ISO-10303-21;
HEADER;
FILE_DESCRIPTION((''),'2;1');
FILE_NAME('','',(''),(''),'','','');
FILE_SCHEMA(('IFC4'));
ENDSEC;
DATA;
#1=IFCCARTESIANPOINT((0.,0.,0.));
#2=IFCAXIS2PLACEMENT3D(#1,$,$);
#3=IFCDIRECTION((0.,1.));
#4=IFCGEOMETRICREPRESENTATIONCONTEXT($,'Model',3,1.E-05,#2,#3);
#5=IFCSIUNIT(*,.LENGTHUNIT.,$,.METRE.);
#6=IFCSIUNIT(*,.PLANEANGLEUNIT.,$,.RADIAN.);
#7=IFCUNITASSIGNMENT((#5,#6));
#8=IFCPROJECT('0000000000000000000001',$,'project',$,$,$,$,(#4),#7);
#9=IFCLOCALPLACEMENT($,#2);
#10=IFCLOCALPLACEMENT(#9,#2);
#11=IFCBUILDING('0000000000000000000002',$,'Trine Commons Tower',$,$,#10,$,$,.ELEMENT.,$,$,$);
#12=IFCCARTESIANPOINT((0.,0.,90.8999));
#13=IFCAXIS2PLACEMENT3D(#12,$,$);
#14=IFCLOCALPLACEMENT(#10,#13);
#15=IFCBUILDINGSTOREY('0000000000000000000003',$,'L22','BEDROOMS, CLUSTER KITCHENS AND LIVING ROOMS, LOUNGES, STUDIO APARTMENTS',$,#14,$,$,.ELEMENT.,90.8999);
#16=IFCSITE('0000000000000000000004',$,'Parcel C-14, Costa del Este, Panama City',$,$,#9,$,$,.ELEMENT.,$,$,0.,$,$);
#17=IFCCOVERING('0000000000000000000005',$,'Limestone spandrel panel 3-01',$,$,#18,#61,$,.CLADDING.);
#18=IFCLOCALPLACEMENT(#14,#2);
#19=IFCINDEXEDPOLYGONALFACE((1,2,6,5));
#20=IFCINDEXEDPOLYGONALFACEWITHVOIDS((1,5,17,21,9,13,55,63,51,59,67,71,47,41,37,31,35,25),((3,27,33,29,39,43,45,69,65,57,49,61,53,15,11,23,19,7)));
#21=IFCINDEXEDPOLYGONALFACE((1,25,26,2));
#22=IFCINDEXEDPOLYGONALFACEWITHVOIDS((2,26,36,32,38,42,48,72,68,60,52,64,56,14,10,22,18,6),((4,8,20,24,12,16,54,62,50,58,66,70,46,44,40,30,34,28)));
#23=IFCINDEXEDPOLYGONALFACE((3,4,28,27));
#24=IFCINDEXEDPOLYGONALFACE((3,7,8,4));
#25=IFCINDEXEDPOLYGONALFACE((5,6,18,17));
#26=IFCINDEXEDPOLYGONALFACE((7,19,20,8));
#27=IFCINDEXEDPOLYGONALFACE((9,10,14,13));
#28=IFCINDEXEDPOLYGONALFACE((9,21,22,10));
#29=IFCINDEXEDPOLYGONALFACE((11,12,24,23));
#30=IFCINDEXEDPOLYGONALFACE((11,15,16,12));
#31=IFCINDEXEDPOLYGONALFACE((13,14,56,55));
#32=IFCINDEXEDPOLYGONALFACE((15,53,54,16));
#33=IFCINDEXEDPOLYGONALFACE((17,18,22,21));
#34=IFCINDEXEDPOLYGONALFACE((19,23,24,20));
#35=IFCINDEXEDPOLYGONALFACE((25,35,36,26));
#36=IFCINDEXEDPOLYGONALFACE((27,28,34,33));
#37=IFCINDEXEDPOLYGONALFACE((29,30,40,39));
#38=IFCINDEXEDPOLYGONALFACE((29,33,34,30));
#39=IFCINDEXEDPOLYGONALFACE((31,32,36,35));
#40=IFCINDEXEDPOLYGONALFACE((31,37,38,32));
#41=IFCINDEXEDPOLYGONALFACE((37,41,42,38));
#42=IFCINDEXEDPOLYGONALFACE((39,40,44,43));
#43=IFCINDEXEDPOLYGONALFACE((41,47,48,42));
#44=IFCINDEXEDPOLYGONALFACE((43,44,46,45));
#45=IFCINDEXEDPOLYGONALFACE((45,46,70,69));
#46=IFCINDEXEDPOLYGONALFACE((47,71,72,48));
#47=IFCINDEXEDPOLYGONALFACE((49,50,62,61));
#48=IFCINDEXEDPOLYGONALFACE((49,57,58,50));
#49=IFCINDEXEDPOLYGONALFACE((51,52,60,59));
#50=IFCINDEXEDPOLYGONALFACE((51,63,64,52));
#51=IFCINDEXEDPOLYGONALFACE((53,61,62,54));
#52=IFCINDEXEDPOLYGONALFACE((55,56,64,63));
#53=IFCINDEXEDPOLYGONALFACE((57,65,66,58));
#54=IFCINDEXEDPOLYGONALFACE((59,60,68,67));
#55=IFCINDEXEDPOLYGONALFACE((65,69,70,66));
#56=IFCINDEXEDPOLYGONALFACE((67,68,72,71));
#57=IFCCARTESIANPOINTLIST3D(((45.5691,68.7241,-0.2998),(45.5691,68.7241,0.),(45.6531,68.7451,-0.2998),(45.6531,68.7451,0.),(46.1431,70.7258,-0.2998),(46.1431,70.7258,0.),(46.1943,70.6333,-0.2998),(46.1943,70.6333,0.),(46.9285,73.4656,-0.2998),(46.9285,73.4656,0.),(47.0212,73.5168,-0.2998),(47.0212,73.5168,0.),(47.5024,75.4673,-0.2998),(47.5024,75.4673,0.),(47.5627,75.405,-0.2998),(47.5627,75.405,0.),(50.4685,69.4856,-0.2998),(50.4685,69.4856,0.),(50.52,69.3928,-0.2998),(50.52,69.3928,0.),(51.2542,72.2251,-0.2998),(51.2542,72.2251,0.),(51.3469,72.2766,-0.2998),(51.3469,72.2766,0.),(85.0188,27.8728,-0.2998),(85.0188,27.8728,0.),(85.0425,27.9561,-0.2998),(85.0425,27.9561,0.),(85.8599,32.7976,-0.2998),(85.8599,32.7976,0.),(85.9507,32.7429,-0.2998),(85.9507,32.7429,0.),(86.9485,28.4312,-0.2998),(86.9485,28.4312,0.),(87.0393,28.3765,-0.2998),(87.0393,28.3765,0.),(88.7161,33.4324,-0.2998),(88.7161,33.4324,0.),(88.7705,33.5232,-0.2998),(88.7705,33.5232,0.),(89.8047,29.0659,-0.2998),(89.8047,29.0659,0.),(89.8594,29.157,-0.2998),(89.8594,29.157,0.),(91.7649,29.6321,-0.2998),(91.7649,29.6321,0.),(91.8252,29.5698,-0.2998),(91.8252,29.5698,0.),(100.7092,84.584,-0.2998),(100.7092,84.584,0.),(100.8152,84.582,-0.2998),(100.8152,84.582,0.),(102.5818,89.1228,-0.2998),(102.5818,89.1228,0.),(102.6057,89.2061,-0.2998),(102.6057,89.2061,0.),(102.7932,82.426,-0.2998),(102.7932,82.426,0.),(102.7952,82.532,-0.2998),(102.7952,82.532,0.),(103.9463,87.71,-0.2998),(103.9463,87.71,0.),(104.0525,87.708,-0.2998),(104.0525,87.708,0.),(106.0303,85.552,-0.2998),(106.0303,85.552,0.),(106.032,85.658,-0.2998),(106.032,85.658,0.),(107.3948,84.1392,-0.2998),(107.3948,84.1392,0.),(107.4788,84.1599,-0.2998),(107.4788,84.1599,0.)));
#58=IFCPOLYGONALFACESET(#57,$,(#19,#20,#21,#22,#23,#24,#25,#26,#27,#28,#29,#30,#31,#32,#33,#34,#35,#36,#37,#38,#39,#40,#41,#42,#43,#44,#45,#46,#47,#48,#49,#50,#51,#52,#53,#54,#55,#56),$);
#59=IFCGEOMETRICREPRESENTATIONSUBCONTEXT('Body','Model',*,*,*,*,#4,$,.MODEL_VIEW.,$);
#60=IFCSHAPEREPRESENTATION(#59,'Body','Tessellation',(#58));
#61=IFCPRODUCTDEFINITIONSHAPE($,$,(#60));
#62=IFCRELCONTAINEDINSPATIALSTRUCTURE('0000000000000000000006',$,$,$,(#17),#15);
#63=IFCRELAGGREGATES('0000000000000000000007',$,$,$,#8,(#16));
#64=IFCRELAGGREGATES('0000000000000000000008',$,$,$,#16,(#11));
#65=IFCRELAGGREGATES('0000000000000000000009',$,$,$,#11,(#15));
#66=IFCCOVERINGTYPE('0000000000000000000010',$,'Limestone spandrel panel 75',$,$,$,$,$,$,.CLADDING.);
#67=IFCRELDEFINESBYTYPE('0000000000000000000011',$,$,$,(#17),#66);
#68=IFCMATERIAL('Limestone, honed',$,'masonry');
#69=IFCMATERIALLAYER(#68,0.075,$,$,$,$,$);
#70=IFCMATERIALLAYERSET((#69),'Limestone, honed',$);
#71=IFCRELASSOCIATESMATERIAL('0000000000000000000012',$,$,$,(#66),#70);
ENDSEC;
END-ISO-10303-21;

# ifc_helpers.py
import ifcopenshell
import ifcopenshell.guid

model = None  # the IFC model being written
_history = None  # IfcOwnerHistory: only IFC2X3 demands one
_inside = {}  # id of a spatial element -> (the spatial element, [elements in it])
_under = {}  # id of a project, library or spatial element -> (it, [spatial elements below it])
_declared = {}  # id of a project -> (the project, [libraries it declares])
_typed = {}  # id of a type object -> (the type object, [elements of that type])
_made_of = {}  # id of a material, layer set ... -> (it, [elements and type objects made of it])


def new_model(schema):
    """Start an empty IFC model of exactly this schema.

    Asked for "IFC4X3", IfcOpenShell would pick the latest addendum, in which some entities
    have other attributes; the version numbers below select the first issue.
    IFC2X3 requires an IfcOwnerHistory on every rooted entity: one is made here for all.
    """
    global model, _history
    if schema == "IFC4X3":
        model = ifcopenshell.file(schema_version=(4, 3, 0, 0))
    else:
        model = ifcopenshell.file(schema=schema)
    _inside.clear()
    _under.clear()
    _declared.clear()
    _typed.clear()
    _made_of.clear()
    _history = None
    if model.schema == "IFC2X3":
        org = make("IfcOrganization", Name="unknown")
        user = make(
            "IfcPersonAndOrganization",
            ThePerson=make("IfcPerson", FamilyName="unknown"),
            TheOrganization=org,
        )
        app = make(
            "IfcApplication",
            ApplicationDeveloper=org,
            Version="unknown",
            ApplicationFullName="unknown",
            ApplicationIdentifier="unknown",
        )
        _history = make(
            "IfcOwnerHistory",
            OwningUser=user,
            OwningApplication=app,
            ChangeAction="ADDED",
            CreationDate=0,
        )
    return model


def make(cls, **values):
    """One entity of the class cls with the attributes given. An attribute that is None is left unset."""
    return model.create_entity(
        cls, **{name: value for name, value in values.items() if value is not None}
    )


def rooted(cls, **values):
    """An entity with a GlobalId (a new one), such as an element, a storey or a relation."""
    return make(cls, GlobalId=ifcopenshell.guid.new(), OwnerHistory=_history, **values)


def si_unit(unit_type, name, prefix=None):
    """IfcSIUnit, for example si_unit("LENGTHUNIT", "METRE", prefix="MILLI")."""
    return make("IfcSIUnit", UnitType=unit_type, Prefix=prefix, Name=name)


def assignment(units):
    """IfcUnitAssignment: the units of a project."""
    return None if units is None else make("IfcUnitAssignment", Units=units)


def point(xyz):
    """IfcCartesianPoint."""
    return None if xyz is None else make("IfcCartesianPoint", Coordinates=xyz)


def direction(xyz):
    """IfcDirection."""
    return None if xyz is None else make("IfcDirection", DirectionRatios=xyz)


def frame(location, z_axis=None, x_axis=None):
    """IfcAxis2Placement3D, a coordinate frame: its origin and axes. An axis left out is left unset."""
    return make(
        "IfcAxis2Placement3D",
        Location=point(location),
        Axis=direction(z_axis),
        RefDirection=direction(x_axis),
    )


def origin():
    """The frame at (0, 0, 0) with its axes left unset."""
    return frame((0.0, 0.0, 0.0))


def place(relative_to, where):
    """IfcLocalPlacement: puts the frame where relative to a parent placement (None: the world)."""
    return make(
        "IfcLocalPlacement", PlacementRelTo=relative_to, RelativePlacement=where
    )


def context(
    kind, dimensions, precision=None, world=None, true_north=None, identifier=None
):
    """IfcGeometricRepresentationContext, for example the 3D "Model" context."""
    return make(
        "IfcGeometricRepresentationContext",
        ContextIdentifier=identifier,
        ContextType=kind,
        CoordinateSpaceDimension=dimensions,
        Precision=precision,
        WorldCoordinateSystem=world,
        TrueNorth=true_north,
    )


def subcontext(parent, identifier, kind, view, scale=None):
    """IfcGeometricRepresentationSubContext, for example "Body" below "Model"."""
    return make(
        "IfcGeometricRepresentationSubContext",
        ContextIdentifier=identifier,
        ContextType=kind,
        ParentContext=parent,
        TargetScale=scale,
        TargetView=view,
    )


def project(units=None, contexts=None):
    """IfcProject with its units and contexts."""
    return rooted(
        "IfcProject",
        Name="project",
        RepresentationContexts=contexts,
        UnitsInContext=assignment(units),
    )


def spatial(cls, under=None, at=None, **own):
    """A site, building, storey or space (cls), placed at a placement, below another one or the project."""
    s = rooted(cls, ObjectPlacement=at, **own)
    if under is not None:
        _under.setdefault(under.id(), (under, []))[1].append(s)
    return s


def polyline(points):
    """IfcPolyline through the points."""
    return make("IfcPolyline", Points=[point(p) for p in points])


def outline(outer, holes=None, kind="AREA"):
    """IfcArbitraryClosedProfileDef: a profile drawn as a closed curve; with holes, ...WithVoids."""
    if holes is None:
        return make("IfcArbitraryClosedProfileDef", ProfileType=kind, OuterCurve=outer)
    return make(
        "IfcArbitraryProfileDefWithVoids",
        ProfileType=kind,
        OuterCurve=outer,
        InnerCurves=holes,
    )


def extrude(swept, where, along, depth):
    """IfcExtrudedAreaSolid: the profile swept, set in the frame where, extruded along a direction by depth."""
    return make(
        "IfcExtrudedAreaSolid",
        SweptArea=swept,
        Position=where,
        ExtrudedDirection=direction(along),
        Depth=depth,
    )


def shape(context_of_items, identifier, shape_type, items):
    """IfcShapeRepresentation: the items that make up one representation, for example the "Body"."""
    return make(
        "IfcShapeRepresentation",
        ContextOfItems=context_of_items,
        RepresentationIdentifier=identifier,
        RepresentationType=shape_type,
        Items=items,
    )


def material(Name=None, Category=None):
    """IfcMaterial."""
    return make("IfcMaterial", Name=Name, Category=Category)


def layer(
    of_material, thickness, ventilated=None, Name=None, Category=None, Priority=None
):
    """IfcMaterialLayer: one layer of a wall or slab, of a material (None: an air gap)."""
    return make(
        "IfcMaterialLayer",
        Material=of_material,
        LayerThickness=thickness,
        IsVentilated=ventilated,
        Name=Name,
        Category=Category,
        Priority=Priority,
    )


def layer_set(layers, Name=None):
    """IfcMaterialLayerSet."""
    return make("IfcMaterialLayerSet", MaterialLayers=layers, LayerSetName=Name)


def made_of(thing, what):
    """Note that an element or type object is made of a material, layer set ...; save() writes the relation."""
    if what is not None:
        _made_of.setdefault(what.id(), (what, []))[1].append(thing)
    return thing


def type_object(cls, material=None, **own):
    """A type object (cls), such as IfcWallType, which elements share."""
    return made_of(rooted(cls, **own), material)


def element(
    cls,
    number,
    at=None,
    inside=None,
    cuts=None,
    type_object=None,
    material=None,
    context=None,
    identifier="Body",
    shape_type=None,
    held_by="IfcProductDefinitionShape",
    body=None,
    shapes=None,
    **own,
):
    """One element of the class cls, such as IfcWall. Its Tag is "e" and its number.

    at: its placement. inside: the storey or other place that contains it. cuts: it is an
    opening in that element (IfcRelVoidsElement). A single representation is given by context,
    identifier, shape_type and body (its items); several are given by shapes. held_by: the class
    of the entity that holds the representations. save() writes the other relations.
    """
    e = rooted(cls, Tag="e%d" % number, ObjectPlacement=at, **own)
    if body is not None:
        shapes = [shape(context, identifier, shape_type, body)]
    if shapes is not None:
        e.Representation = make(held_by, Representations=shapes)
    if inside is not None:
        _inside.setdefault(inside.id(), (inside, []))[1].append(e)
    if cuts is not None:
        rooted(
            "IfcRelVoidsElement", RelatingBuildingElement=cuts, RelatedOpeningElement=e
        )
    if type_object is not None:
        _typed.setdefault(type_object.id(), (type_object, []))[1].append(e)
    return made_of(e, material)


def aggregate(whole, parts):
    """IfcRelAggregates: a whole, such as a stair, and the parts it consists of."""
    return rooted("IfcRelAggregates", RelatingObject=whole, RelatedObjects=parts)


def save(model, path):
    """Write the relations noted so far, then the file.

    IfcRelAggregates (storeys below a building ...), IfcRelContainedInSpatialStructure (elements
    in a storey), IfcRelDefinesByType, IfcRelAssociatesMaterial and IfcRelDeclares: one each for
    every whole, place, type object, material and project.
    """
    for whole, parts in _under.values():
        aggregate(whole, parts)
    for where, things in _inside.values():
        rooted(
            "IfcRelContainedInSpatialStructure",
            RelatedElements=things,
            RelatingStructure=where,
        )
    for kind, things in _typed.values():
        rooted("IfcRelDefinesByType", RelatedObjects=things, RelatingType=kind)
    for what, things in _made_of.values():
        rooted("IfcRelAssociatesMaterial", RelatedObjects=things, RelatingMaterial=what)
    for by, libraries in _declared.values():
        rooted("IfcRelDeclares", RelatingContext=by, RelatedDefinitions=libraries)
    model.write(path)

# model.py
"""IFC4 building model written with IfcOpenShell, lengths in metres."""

from ifc_helpers import new_model, si_unit, direction, frame, origin, place, context, subcontext, project, spatial, polyline, outline, extrude, material, layer, layer_set, type_object, element, save


model = new_model("IFC4")

# Units and contexts
model_context = context("Model", 3, precision=1e-05, world=origin(), true_north=direction((0.0, 1.0)))
body_context = subcontext(model_context, "Body", "Model", "MODEL_VIEW")
ifc_project = project(units=[si_unit("LENGTHUNIT", "METRE"), si_unit("PLANEANGLEUNIT", "RADIAN")], contexts=[model_context])

# Site, building, storey
site_placement = place(None, origin())
site = spatial("IfcSite", under=ifc_project, at=site_placement, Name="Parcel C-14, Costa del Este, Panama City", CompositionType="ELEMENT", RefElevation=0.0)
building_placement = place(site_placement, origin())
building = spatial("IfcBuilding", under=site, at=building_placement, Name="Trine Commons Tower", CompositionType="ELEMENT")
storey_placement = place(building_placement, frame((0.0, 0.0, 90.8999)))
storey = spatial("IfcBuildingStorey", under=building, at=storey_placement, Name="L22", Description="BEDROOMS, CLUSTER KITCHENS AND LIVING ROOMS, LOUNGES, STUDIO APARTMENTS", CompositionType="ELEMENT", Elevation=90.8999)

# Covering
ifc_material_1 = material(Name="Limestone, honed", Category="masonry")
ifc_layer_1 = layer(ifc_material_1, 0.075)
ifc_layer_set_1 = layer_set([ifc_layer_1], Name="Limestone, honed")
covering_type_1 = type_object("IfcCoveringType", Name="Limestone spandrel panel 75", PredefinedType="CLADDING", material=ifc_layer_set_1)
covering_1_placement = place(storey_placement, frame((0.0, 0.0, -0.2998)))
element("IfcCovering", 1, at=covering_1_placement, inside=storey, type_object=covering_type_1, Name="Limestone spandrel panel 3-01", PredefinedType="CLADDING", context=body_context, shape_type="SweptSolid", body=[
    extrude(outline(polyline([(88.7161, 33.4324), (89.8047, 29.0659), (91.8252, 29.5698), (107.4788, 84.1599), (106.032, 85.658), (102.7952, 82.532), (100.8152, 84.582), (104.0525, 87.708), (102.6057, 89.2061), (47.5024, 75.4673), (46.9285, 73.4656), (51.2542, 72.2251), (50.4685, 69.4856), (46.1431, 70.7258), (45.5691, 68.7241), (85.0188, 27.8728), (87.0393, 28.3765), (85.9507, 32.7429), (88.7161, 33.4324)]), holes=[polyline([(106.0303, 85.552), (107.3948, 84.1392), (91.7649, 29.6321), (89.8594, 29.157), (88.7705, 33.5232), (85.8599, 32.7976), (86.9485, 28.4312), (85.0425, 27.9561), (45.6531, 68.7451), (46.1943, 70.6333), (50.52, 69.3928), (51.3469, 72.2766), (47.0212, 73.5168), (47.5627, 75.405), (102.5818, 89.1228), (103.9463, 87.71), (100.7092, 84.584), (102.7932, 82.426), (106.0303, 85.552)])]), origin(), (0.0, 0.0, 1.0), 0.2998),
])

save(model, "model.ifc")
